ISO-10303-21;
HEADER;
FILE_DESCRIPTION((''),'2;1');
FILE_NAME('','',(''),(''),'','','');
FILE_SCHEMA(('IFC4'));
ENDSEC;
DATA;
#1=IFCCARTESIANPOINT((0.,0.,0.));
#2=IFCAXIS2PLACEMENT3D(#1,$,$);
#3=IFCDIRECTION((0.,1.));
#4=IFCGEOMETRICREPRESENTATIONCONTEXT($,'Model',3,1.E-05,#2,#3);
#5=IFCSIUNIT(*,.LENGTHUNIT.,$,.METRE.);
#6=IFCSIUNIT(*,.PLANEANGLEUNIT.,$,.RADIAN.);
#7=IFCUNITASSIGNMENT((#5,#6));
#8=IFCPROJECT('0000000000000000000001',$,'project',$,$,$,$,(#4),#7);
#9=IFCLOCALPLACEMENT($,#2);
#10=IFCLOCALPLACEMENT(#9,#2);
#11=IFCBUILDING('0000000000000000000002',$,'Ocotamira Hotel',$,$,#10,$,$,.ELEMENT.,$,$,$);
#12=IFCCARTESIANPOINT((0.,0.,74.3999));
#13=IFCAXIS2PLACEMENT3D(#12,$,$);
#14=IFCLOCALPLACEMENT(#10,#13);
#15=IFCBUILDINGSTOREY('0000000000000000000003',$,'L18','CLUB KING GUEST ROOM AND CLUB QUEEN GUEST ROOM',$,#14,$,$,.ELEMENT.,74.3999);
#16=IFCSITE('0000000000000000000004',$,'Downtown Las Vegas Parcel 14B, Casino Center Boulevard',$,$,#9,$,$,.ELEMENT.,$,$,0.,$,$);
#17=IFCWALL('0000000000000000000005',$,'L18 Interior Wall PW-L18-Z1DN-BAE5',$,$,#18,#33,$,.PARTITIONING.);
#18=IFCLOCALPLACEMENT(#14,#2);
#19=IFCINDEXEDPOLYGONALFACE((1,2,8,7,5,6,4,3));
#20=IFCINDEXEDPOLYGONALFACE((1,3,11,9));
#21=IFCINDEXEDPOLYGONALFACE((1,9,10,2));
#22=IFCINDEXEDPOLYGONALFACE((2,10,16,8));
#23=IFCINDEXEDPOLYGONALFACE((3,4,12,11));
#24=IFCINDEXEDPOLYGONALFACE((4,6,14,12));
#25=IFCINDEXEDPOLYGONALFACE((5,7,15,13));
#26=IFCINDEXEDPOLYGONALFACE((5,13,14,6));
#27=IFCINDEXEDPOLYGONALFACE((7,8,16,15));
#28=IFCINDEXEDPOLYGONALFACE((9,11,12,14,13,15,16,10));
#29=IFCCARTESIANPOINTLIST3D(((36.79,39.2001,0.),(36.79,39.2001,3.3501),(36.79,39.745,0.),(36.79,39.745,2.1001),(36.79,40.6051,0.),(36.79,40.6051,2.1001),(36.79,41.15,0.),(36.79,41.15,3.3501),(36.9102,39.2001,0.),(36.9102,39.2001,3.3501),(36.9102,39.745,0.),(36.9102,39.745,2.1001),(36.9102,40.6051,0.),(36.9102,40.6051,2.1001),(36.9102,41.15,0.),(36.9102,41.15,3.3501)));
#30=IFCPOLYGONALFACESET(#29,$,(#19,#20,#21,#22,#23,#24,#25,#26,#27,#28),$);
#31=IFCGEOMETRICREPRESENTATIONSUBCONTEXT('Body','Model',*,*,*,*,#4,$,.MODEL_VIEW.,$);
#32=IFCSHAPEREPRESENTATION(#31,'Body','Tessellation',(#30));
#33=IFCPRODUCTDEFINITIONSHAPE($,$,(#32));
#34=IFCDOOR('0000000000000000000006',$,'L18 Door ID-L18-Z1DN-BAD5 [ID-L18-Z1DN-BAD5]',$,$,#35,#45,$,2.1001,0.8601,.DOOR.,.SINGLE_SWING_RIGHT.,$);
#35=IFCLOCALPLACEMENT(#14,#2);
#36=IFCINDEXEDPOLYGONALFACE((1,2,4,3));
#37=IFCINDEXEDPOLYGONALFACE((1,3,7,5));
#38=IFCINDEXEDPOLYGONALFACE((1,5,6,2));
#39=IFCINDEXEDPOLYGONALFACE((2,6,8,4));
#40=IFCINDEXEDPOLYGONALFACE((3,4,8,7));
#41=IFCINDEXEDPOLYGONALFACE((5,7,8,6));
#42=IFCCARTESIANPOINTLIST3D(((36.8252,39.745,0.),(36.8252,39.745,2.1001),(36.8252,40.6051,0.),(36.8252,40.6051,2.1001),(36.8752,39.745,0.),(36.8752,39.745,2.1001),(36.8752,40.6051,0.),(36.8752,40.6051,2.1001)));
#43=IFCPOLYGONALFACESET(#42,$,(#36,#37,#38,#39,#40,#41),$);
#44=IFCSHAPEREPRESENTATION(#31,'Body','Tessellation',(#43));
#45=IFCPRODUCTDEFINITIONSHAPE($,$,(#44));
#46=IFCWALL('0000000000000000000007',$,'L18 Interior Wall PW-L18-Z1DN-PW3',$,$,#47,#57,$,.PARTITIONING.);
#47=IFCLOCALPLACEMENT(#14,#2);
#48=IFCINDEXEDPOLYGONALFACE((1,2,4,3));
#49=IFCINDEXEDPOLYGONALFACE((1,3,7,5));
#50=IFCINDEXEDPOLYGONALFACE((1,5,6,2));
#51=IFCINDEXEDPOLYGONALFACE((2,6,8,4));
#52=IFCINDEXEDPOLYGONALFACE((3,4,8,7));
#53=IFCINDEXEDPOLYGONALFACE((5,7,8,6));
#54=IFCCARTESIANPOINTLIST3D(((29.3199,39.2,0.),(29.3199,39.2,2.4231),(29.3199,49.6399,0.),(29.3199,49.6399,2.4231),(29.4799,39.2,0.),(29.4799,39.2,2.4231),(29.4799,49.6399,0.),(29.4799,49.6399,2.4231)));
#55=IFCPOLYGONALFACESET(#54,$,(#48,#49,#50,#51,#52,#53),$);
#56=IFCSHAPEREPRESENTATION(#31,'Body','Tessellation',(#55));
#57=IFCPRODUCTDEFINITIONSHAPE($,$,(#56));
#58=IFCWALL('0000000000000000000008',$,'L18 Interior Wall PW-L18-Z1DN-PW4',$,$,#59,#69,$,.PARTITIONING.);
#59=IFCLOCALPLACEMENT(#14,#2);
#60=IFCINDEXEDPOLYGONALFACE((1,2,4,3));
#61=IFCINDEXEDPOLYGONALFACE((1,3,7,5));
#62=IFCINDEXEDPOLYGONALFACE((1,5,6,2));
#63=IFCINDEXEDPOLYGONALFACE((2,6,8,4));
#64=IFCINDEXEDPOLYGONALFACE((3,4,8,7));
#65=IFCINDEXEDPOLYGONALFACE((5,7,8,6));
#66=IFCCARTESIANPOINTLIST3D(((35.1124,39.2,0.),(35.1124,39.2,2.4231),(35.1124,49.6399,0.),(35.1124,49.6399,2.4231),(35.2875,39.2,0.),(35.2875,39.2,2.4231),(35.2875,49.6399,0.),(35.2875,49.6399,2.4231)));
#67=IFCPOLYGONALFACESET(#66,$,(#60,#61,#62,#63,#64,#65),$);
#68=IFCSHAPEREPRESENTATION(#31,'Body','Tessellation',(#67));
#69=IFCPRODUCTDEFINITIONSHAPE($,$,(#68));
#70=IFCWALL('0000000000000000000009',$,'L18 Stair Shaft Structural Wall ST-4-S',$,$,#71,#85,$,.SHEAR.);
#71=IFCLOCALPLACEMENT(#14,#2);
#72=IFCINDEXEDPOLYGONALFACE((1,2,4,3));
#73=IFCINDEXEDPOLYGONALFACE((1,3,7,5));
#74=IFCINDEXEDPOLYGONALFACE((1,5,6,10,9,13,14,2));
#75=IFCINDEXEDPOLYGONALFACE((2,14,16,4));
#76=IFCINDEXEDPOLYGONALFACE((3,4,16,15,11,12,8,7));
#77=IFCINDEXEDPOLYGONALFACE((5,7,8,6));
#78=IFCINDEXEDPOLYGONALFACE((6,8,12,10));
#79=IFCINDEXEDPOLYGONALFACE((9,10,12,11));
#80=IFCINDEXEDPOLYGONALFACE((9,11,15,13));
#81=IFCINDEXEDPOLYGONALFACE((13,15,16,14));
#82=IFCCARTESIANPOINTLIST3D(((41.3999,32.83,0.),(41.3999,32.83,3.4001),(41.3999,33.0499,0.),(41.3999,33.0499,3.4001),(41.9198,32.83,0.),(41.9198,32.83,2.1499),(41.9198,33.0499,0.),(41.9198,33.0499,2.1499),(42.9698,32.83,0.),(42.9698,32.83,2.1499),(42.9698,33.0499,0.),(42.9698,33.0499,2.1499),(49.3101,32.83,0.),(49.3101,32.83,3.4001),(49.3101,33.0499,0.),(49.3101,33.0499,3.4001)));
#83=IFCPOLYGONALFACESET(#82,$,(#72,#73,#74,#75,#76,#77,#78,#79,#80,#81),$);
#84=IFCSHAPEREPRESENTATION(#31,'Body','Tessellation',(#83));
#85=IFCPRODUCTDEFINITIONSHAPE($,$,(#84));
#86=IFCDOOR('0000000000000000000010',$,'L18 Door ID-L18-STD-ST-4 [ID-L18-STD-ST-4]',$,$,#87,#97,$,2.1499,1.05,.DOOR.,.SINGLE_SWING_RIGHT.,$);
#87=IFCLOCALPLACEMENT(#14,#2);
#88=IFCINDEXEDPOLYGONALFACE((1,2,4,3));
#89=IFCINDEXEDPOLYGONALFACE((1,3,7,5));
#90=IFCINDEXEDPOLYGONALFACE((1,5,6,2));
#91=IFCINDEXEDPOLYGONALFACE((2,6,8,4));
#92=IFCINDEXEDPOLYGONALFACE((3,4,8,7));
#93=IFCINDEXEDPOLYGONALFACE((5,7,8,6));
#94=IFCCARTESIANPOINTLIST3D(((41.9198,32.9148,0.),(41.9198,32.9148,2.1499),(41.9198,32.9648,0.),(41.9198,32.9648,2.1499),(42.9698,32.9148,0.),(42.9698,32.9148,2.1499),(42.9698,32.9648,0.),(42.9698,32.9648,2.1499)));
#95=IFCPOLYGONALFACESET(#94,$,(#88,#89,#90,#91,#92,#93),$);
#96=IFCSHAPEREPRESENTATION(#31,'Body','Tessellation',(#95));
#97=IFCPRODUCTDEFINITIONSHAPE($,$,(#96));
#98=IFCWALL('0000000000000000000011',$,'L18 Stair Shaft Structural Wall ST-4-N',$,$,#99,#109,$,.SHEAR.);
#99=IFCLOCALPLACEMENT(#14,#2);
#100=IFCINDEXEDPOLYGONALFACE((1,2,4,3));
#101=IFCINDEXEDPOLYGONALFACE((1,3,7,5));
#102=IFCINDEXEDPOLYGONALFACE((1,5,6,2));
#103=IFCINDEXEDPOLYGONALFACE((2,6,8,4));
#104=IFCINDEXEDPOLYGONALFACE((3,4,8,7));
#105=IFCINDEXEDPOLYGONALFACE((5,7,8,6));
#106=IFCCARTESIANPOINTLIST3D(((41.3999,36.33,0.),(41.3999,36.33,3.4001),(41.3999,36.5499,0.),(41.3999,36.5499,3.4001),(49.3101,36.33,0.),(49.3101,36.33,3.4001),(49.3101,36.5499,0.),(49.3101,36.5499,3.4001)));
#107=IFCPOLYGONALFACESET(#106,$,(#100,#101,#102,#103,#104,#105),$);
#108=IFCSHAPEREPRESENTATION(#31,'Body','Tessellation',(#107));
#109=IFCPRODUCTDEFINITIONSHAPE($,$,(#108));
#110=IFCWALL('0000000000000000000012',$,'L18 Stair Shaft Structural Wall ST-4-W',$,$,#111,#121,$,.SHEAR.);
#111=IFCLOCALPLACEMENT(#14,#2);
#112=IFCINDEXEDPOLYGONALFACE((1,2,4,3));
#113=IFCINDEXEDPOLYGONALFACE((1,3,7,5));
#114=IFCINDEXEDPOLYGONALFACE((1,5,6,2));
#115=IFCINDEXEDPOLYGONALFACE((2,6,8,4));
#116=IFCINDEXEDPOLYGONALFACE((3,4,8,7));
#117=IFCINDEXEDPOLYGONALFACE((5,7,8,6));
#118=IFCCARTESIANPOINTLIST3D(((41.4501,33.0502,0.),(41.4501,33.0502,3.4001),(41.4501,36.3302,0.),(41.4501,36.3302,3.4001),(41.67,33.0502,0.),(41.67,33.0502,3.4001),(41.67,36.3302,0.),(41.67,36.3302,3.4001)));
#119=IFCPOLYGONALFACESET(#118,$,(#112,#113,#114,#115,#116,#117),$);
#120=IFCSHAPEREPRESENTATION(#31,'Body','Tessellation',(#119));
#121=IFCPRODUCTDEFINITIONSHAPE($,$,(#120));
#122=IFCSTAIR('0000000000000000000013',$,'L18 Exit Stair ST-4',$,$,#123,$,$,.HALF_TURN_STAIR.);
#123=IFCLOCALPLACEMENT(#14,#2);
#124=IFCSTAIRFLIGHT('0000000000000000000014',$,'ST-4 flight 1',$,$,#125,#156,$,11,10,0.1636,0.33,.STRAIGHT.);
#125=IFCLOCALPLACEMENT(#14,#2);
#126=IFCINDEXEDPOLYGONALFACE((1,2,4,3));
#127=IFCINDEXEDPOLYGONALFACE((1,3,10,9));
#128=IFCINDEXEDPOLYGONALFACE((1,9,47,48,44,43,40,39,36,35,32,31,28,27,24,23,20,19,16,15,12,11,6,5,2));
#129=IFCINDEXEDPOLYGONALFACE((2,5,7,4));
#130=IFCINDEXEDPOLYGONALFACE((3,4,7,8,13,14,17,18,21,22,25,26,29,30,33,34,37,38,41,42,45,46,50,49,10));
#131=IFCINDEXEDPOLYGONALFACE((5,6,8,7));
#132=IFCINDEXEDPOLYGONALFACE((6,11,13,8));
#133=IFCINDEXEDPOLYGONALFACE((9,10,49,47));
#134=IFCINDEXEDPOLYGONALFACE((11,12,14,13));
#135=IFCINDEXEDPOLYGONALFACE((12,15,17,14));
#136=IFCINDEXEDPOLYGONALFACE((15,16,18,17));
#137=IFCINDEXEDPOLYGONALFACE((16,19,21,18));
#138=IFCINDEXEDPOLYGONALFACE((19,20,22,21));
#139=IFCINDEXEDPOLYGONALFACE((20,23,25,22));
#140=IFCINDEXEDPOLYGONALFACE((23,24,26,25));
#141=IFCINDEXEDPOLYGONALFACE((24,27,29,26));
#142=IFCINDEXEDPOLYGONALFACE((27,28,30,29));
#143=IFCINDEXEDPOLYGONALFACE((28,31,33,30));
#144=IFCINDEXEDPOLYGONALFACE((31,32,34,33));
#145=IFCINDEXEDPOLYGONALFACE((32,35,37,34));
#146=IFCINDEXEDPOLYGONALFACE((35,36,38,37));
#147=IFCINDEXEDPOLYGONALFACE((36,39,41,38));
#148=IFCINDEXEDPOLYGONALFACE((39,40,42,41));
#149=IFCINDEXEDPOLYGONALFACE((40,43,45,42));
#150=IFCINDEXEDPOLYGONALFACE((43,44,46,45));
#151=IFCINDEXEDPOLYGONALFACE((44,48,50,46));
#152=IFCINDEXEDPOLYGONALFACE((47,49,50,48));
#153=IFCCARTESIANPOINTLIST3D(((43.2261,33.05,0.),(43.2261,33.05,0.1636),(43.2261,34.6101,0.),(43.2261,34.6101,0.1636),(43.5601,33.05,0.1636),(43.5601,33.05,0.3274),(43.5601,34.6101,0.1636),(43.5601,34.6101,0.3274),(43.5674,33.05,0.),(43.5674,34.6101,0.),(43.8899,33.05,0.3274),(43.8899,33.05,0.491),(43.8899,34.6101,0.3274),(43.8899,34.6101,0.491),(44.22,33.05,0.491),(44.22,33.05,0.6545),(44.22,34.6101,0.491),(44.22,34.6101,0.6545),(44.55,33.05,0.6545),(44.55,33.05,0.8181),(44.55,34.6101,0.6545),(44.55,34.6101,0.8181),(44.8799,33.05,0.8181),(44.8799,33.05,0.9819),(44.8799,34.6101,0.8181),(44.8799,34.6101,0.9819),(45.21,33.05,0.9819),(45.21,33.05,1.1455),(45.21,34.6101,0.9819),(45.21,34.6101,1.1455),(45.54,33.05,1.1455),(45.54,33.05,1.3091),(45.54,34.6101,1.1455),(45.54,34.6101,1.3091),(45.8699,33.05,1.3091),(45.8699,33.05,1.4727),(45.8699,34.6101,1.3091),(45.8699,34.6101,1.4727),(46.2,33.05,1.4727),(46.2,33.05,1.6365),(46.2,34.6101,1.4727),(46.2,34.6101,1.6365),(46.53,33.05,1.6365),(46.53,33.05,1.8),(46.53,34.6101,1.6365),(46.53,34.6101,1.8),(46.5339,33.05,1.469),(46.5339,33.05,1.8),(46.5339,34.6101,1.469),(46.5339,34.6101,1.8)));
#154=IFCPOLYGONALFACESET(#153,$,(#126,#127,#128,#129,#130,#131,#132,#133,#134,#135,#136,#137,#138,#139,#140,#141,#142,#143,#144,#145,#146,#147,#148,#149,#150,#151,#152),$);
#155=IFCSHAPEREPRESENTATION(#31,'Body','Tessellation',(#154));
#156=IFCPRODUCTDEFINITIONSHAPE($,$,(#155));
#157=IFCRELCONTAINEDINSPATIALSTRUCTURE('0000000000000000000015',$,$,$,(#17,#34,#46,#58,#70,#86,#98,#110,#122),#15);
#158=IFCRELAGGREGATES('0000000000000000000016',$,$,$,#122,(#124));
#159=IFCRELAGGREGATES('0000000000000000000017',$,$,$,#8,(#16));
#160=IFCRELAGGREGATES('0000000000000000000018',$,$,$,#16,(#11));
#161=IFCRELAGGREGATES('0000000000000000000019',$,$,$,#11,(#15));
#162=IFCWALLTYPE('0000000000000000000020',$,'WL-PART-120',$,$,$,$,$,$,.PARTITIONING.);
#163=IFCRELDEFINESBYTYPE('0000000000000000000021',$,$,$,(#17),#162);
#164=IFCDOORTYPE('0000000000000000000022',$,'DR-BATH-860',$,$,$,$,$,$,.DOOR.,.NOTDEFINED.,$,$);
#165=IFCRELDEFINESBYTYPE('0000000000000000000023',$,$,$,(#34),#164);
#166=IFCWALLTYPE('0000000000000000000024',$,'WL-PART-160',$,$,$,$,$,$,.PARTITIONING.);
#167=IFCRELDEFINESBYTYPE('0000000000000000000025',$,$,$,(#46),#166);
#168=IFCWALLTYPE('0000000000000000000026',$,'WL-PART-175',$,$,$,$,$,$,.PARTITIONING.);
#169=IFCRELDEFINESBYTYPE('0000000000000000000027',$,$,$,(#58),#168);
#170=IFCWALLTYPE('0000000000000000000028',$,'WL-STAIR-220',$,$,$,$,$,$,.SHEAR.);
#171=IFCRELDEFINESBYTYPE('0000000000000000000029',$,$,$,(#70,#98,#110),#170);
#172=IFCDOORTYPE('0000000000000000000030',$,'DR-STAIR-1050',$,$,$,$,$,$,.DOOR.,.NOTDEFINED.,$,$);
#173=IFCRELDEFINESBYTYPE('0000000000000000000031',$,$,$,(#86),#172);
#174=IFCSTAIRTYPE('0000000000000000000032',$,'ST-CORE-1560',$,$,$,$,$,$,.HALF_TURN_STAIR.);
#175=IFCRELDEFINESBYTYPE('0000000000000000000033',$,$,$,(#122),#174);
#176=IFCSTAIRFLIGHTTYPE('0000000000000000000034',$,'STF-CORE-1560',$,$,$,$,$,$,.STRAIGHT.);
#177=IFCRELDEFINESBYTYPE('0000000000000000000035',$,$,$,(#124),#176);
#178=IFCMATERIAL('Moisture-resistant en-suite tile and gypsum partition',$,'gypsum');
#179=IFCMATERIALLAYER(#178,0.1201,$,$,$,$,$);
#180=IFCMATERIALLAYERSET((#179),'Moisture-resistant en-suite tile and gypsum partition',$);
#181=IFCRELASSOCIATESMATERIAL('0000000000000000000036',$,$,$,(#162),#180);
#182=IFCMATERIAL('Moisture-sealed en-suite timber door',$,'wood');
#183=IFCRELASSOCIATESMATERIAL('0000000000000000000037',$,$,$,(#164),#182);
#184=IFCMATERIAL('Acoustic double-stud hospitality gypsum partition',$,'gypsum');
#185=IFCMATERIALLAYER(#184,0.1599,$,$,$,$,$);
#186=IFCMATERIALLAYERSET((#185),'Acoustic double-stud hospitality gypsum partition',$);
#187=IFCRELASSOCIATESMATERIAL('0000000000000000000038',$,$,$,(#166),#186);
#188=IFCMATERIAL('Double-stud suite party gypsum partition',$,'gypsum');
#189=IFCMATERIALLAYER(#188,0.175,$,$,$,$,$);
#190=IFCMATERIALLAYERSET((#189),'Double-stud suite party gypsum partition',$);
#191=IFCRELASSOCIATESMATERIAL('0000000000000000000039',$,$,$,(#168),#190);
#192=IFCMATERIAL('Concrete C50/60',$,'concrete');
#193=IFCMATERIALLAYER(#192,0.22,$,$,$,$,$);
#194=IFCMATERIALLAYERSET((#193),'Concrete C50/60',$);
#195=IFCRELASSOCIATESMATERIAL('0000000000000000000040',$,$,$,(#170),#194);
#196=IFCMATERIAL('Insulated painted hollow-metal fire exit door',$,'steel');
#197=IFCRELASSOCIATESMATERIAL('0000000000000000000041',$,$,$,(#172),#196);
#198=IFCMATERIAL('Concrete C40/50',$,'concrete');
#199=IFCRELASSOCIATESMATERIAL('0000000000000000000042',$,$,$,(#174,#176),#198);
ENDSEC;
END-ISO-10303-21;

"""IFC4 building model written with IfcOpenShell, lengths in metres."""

from ifc_helpers import new_model, si_unit, direction, frame, frame_2d, origin, place, context, subcontext, project, spatial, polyline, rectangle, outline, extrude, source, transform, mapped, material, layer, layer_set, type_object, element, fill, aggregate, save


model = new_model("IFC4")

# Units and contexts
model_context = context("Model", 3, precision=1e-05, world=origin(), true_north=direction((0.0, 1.0)))
body_context = subcontext(model_context, "Body", "Model", "MODEL_VIEW")
ifc_project = project(units=[si_unit("LENGTHUNIT", "METRE"), si_unit("PLANEANGLEUNIT", "RADIAN")], contexts=[model_context])

# Site, building, storey
site_placement = place(None, origin())
site = spatial("IfcSite", under=ifc_project, at=site_placement, Name="Downtown Las Vegas Parcel 14B, Casino Center Boulevard", CompositionType="ELEMENT", RefElevation=0.0)
building_placement = place(site_placement, origin())
building = spatial("IfcBuilding", under=site, at=building_placement, Name="Ocotamira Hotel", CompositionType="ELEMENT")
storey_placement = place(building_placement, frame((0.0, 0.0, 74.3999)))
storey = spatial("IfcBuildingStorey", under=building, at=storey_placement, Name="L18", Description="CLUB KING GUEST ROOM AND CLUB QUEEN GUEST ROOM", CompositionType="ELEMENT", Elevation=74.3999)

# Wall, opening, door
ifc_material_1 = material(Name="Moisture-resistant en-suite tile and gypsum partition", Category="gypsum")
ifc_layer_1 = layer(ifc_material_1, 0.1201)
ifc_layer_set_1 = layer_set([ifc_layer_1], Name="Moisture-resistant en-suite tile and gypsum partition")
wall_type_1 = type_object("IfcWallType", Name="WL-PART-120", PredefinedType="PARTITIONING", material=ifc_layer_set_1)
ifc_material_2 = material(Name="Moisture-sealed en-suite timber door", Category="wood")
door_type_1 = type_object("IfcDoorType", Name="DR-BATH-860", OperationType="NOTDEFINED", PredefinedType="DOOR", material=ifc_material_2)
shared_shape_1 = source(origin(), body_context, "Body", "SweptSolid", [
    extrude(rectangle(XDim=0.8601, YDim=2.1001, at=frame_2d((0.4302, 1.05))), frame((0.0, 0.0249, 0.0), z_axis=(0.0, -1.0, 0.0), x_axis=(1.0, 0.0, 0.0)), (0.0, 0.0, 1.0), 0.05),
])
wall_1_placement = place(storey_placement, frame((36.8501, 39.2, 0.0), z_axis=(0.0, 0.0, 1.0), x_axis=(0.0, 1.0, 0.0)))
wall_1 = element("IfcWall", 1, at=wall_1_placement, inside=storey, type_object=wall_type_1, Name="L18 Interior Wall PW-L18-Z1DN-BAE5", PredefinedType="PARTITIONING", context=body_context, shape_type="SweptSolid", body=[
    extrude(rectangle(XDim=1.95, YDim=0.1201, at=frame_2d((0.9751, 0.0))), origin(), (0.0, 0.0, 1.0), 3.3501),
])
opening_1_placement = place(wall_1_placement, frame((0.5449, 0.0, 0.0)))
opening_1 = element("IfcOpeningElement", 2, at=opening_1_placement, cuts=wall_1, PredefinedType="OPENING", context=body_context, shape_type="SweptSolid", body=[
    extrude(rectangle(XDim=0.8601, YDim=2.1001, at=frame_2d((0.4302, 1.05))), frame((0.0, 0.0701, 0.0), z_axis=(0.0, -1.0, 0.0), x_axis=(1.0, 0.0, 0.0)), (0.0, 0.0, 1.0), 0.1401),
])
door_1_placement = place(opening_1_placement, origin())
door_1 = element("IfcDoor", 3, at=door_1_placement, inside=storey, type_object=door_type_1, Name="L18 Door ID-L18-Z1DN-BAD5 [ID-L18-Z1DN-BAD5]", OperationType="SINGLE_SWING_RIGHT", OverallHeight=2.1001, OverallWidth=0.8601, PredefinedType="DOOR", context=body_context, shape_type="MappedRepresentation", body=[
    mapped(shared_shape_1, transform((0.0, 0.0, 0.0), scale=1.0)),
])
fill(opening_1, door_1)

# Walls
ifc_material_3 = material(Name="Acoustic double-stud hospitality gypsum partition", Category="gypsum")
ifc_layer_2 = layer(ifc_material_3, 0.1599)
ifc_layer_set_2 = layer_set([ifc_layer_2], Name="Acoustic double-stud hospitality gypsum partition")
wall_type_2 = type_object("IfcWallType", Name="WL-PART-160", PredefinedType="PARTITIONING", material=ifc_layer_set_2)
wall_2_placement = place(storey_placement, frame((29.3999, 39.2, 0.0), z_axis=(0.0, 0.0, 1.0), x_axis=(0.0, 1.0, 0.0)))
element("IfcWall", 4, at=wall_2_placement, inside=storey, type_object=wall_type_2, Name="L18 Interior Wall PW-L18-Z1DN-PW3", PredefinedType="PARTITIONING", context=body_context, shape_type="SweptSolid", body=[
    extrude(rectangle(XDim=10.4399, YDim=0.1599, at=frame_2d((5.22, 0.0))), origin(), (0.0, 0.0, 1.0), 2.4231),
])
ifc_material_4 = material(Name="Double-stud suite party gypsum partition", Category="gypsum")
ifc_layer_3 = layer(ifc_material_4, 0.175)
ifc_layer_set_3 = layer_set([ifc_layer_3], Name="Double-stud suite party gypsum partition")
wall_type_3 = type_object("IfcWallType", Name="WL-PART-175", PredefinedType="PARTITIONING", material=ifc_layer_set_3)
wall_3_placement = place(storey_placement, frame((35.2, 39.2, 0.0), z_axis=(0.0, 0.0, 1.0), x_axis=(0.0, 1.0, 0.0)))
element("IfcWall", 5, at=wall_3_placement, inside=storey, type_object=wall_type_3, Name="L18 Interior Wall PW-L18-Z1DN-PW4", PredefinedType="PARTITIONING", context=body_context, shape_type="SweptSolid", body=[
    extrude(rectangle(XDim=10.4399, YDim=0.175, at=frame_2d((5.22, 0.0))), origin(), (0.0, 0.0, 1.0), 2.4231),
])

# Wall, opening, door
ifc_material_5 = material(Name="Concrete C50/60", Category="concrete")
ifc_layer_4 = layer(ifc_material_5, 0.22)
ifc_layer_set_4 = layer_set([ifc_layer_4], Name="Concrete C50/60")
wall_type_4 = type_object("IfcWallType", Name="WL-STAIR-220", PredefinedType="SHEAR", material=ifc_layer_set_4)
wall_4_placement = place(storey_placement, frame((41.3999, 32.9399, 0.0), z_axis=(0.0, 0.0, 1.0), x_axis=(1.0, 0.0, 0.0)))
wall_4 = element("IfcWall", 6, at=wall_4_placement, inside=storey, type_object=wall_type_4, Name="L18 Stair Shaft Structural Wall ST-4-S", PredefinedType="SHEAR", context=body_context, shape_type="SweptSolid", body=[
    extrude(rectangle(XDim=7.9102, YDim=0.22, at=frame_2d((3.9551, 0.0))), origin(), (0.0, 0.0, 1.0), 3.4001),
])
opening_2_placement = place(wall_4_placement, frame((0.52, 0.0, 0.0)))
opening_2 = element("IfcOpeningElement", 7, at=opening_2_placement, cuts=wall_4, PredefinedType="OPENING", context=body_context, shape_type="SweptSolid", body=[
    extrude(rectangle(XDim=1.05, YDim=2.1499, at=frame_2d((0.5249, 1.075))), frame((0.0, 0.1201, 0.0), z_axis=(0.0, -1.0, 0.0), x_axis=(1.0, 0.0, 0.0)), (0.0, 0.0, 1.0), 0.24),
])
ifc_material_6 = material(Name="Insulated painted hollow-metal fire exit door", Category="steel")
door_type_2 = type_object("IfcDoorType", Name="DR-STAIR-1050", OperationType="NOTDEFINED", PredefinedType="DOOR", material=ifc_material_6)
shared_shape_2 = source(origin(), body_context, "Body", "SweptSolid", [
    extrude(rectangle(XDim=1.05, YDim=2.1499, at=frame_2d((0.5249, 1.075))), frame((0.0, 0.0249, 0.0), z_axis=(0.0, -1.0, 0.0), x_axis=(1.0, 0.0, 0.0)), (0.0, 0.0, 1.0), 0.05),
])
door_2_placement = place(opening_2_placement, origin())
door_2 = element("IfcDoor", 8, at=door_2_placement, inside=storey, type_object=door_type_2, Name="L18 Door ID-L18-STD-ST-4 [ID-L18-STD-ST-4]", OperationType="SINGLE_SWING_RIGHT", OverallHeight=2.1499, OverallWidth=1.05, PredefinedType="DOOR", context=body_context, shape_type="MappedRepresentation", body=[
    mapped(shared_shape_2, transform((0.0, 0.0, 0.0), scale=1.0)),
])
fill(opening_2, door_2)

# Walls
wall_5_placement = place(storey_placement, frame((41.3999, 36.4399, 0.0), z_axis=(0.0, 0.0, 1.0), x_axis=(1.0, 0.0, 0.0)))
element("IfcWall", 9, at=wall_5_placement, inside=storey, type_object=wall_type_4, Name="L18 Stair Shaft Structural Wall ST-4-N", PredefinedType="SHEAR", context=body_context, shape_type="SweptSolid", body=[
    extrude(rectangle(XDim=7.9102, YDim=0.22, at=frame_2d((3.9551, 0.0))), origin(), (0.0, 0.0, 1.0), 3.4001),
])
wall_6_placement = place(storey_placement, frame((41.5601, 33.05, 0.0), z_axis=(0.0, 0.0, 1.0), x_axis=(0.0, 1.0, 0.0)))
element("IfcWall", 10, at=wall_6_placement, inside=storey, type_object=wall_type_4, Name="L18 Stair Shaft Structural Wall ST-4-W", PredefinedType="SHEAR", context=body_context, shape_type="SweptSolid", body=[
    extrude(rectangle(XDim=3.28, YDim=0.22, at=frame_2d((1.6401, 0.0))), origin(), (0.0, 0.0, 1.0), 3.4001),
])

# Stair, stair flight
ifc_material_7 = material(Name="Concrete C40/50", Category="concrete")
stair_type = type_object("IfcStairType", Name="ST-CORE-1560", PredefinedType="HALF_TURN_STAIR", material=ifc_material_7)
stair_placement = place(storey_placement, origin())
stair = element("IfcStair", 11, at=stair_placement, inside=storey, type_object=stair_type, Name="L18 Exit Stair ST-4", PredefinedType="HALF_TURN_STAIR")
stair_flight_type = type_object("IfcStairFlightType", Name="STF-CORE-1560", PredefinedType="STRAIGHT", material=ifc_material_7)
shared_shape_3 = source(origin(), body_context, "Body", "SweptSolid", [
    extrude(outline(polyline([(-0.0039, 0.0), (-0.0039, 0.1636), (0.3301, 0.1636), (0.3301, 0.3274), (0.6599, 0.3274), (0.6599, 0.491), (0.99, 0.491), (0.99, 0.6545), (1.3201, 0.6545), (1.3201, 0.8181), (1.6499, 0.8181), (1.6499, 0.9819), (1.98, 0.9819), (1.98, 1.1455), (2.3101, 1.1455), (2.3101, 1.3091), (2.6399, 1.3091), (2.6399, 1.4727), (2.97, 1.4727), (2.97, 1.6365), (3.3, 1.6365), (3.3, 1.8), (3.304, 1.8), (3.304, 1.469), (0.3374, 0.0), (-0.0039, 0.0)])), frame((0.0, 0.78, 0.0), z_axis=(0.0, -1.0, 0.0), x_axis=(1.0, 0.0, 0.0)), (0.0, 0.0, 1.0), 1.5601),
])
stair_flight_placement = place(storey_placement, frame((43.23, 33.8301, 0.0), z_axis=(0.0, 0.0, 1.0), x_axis=(1.0, 0.0, 0.0)))
stair_flight = element("IfcStairFlight", 12, at=stair_flight_placement, type_object=stair_flight_type, Name="ST-4 flight 1", NumberOfRisers=11, NumberOfTreads=10, PredefinedType="STRAIGHT", RiserHeight=0.1636, TreadLength=0.33, context=body_context, shape_type="MappedRepresentation", body=[
    mapped(shared_shape_3, transform((0.0, 0.0, 0.0), scale=1.0)),
])
aggregate(stair, [stair_flight])

save(model, "model.ifc")
